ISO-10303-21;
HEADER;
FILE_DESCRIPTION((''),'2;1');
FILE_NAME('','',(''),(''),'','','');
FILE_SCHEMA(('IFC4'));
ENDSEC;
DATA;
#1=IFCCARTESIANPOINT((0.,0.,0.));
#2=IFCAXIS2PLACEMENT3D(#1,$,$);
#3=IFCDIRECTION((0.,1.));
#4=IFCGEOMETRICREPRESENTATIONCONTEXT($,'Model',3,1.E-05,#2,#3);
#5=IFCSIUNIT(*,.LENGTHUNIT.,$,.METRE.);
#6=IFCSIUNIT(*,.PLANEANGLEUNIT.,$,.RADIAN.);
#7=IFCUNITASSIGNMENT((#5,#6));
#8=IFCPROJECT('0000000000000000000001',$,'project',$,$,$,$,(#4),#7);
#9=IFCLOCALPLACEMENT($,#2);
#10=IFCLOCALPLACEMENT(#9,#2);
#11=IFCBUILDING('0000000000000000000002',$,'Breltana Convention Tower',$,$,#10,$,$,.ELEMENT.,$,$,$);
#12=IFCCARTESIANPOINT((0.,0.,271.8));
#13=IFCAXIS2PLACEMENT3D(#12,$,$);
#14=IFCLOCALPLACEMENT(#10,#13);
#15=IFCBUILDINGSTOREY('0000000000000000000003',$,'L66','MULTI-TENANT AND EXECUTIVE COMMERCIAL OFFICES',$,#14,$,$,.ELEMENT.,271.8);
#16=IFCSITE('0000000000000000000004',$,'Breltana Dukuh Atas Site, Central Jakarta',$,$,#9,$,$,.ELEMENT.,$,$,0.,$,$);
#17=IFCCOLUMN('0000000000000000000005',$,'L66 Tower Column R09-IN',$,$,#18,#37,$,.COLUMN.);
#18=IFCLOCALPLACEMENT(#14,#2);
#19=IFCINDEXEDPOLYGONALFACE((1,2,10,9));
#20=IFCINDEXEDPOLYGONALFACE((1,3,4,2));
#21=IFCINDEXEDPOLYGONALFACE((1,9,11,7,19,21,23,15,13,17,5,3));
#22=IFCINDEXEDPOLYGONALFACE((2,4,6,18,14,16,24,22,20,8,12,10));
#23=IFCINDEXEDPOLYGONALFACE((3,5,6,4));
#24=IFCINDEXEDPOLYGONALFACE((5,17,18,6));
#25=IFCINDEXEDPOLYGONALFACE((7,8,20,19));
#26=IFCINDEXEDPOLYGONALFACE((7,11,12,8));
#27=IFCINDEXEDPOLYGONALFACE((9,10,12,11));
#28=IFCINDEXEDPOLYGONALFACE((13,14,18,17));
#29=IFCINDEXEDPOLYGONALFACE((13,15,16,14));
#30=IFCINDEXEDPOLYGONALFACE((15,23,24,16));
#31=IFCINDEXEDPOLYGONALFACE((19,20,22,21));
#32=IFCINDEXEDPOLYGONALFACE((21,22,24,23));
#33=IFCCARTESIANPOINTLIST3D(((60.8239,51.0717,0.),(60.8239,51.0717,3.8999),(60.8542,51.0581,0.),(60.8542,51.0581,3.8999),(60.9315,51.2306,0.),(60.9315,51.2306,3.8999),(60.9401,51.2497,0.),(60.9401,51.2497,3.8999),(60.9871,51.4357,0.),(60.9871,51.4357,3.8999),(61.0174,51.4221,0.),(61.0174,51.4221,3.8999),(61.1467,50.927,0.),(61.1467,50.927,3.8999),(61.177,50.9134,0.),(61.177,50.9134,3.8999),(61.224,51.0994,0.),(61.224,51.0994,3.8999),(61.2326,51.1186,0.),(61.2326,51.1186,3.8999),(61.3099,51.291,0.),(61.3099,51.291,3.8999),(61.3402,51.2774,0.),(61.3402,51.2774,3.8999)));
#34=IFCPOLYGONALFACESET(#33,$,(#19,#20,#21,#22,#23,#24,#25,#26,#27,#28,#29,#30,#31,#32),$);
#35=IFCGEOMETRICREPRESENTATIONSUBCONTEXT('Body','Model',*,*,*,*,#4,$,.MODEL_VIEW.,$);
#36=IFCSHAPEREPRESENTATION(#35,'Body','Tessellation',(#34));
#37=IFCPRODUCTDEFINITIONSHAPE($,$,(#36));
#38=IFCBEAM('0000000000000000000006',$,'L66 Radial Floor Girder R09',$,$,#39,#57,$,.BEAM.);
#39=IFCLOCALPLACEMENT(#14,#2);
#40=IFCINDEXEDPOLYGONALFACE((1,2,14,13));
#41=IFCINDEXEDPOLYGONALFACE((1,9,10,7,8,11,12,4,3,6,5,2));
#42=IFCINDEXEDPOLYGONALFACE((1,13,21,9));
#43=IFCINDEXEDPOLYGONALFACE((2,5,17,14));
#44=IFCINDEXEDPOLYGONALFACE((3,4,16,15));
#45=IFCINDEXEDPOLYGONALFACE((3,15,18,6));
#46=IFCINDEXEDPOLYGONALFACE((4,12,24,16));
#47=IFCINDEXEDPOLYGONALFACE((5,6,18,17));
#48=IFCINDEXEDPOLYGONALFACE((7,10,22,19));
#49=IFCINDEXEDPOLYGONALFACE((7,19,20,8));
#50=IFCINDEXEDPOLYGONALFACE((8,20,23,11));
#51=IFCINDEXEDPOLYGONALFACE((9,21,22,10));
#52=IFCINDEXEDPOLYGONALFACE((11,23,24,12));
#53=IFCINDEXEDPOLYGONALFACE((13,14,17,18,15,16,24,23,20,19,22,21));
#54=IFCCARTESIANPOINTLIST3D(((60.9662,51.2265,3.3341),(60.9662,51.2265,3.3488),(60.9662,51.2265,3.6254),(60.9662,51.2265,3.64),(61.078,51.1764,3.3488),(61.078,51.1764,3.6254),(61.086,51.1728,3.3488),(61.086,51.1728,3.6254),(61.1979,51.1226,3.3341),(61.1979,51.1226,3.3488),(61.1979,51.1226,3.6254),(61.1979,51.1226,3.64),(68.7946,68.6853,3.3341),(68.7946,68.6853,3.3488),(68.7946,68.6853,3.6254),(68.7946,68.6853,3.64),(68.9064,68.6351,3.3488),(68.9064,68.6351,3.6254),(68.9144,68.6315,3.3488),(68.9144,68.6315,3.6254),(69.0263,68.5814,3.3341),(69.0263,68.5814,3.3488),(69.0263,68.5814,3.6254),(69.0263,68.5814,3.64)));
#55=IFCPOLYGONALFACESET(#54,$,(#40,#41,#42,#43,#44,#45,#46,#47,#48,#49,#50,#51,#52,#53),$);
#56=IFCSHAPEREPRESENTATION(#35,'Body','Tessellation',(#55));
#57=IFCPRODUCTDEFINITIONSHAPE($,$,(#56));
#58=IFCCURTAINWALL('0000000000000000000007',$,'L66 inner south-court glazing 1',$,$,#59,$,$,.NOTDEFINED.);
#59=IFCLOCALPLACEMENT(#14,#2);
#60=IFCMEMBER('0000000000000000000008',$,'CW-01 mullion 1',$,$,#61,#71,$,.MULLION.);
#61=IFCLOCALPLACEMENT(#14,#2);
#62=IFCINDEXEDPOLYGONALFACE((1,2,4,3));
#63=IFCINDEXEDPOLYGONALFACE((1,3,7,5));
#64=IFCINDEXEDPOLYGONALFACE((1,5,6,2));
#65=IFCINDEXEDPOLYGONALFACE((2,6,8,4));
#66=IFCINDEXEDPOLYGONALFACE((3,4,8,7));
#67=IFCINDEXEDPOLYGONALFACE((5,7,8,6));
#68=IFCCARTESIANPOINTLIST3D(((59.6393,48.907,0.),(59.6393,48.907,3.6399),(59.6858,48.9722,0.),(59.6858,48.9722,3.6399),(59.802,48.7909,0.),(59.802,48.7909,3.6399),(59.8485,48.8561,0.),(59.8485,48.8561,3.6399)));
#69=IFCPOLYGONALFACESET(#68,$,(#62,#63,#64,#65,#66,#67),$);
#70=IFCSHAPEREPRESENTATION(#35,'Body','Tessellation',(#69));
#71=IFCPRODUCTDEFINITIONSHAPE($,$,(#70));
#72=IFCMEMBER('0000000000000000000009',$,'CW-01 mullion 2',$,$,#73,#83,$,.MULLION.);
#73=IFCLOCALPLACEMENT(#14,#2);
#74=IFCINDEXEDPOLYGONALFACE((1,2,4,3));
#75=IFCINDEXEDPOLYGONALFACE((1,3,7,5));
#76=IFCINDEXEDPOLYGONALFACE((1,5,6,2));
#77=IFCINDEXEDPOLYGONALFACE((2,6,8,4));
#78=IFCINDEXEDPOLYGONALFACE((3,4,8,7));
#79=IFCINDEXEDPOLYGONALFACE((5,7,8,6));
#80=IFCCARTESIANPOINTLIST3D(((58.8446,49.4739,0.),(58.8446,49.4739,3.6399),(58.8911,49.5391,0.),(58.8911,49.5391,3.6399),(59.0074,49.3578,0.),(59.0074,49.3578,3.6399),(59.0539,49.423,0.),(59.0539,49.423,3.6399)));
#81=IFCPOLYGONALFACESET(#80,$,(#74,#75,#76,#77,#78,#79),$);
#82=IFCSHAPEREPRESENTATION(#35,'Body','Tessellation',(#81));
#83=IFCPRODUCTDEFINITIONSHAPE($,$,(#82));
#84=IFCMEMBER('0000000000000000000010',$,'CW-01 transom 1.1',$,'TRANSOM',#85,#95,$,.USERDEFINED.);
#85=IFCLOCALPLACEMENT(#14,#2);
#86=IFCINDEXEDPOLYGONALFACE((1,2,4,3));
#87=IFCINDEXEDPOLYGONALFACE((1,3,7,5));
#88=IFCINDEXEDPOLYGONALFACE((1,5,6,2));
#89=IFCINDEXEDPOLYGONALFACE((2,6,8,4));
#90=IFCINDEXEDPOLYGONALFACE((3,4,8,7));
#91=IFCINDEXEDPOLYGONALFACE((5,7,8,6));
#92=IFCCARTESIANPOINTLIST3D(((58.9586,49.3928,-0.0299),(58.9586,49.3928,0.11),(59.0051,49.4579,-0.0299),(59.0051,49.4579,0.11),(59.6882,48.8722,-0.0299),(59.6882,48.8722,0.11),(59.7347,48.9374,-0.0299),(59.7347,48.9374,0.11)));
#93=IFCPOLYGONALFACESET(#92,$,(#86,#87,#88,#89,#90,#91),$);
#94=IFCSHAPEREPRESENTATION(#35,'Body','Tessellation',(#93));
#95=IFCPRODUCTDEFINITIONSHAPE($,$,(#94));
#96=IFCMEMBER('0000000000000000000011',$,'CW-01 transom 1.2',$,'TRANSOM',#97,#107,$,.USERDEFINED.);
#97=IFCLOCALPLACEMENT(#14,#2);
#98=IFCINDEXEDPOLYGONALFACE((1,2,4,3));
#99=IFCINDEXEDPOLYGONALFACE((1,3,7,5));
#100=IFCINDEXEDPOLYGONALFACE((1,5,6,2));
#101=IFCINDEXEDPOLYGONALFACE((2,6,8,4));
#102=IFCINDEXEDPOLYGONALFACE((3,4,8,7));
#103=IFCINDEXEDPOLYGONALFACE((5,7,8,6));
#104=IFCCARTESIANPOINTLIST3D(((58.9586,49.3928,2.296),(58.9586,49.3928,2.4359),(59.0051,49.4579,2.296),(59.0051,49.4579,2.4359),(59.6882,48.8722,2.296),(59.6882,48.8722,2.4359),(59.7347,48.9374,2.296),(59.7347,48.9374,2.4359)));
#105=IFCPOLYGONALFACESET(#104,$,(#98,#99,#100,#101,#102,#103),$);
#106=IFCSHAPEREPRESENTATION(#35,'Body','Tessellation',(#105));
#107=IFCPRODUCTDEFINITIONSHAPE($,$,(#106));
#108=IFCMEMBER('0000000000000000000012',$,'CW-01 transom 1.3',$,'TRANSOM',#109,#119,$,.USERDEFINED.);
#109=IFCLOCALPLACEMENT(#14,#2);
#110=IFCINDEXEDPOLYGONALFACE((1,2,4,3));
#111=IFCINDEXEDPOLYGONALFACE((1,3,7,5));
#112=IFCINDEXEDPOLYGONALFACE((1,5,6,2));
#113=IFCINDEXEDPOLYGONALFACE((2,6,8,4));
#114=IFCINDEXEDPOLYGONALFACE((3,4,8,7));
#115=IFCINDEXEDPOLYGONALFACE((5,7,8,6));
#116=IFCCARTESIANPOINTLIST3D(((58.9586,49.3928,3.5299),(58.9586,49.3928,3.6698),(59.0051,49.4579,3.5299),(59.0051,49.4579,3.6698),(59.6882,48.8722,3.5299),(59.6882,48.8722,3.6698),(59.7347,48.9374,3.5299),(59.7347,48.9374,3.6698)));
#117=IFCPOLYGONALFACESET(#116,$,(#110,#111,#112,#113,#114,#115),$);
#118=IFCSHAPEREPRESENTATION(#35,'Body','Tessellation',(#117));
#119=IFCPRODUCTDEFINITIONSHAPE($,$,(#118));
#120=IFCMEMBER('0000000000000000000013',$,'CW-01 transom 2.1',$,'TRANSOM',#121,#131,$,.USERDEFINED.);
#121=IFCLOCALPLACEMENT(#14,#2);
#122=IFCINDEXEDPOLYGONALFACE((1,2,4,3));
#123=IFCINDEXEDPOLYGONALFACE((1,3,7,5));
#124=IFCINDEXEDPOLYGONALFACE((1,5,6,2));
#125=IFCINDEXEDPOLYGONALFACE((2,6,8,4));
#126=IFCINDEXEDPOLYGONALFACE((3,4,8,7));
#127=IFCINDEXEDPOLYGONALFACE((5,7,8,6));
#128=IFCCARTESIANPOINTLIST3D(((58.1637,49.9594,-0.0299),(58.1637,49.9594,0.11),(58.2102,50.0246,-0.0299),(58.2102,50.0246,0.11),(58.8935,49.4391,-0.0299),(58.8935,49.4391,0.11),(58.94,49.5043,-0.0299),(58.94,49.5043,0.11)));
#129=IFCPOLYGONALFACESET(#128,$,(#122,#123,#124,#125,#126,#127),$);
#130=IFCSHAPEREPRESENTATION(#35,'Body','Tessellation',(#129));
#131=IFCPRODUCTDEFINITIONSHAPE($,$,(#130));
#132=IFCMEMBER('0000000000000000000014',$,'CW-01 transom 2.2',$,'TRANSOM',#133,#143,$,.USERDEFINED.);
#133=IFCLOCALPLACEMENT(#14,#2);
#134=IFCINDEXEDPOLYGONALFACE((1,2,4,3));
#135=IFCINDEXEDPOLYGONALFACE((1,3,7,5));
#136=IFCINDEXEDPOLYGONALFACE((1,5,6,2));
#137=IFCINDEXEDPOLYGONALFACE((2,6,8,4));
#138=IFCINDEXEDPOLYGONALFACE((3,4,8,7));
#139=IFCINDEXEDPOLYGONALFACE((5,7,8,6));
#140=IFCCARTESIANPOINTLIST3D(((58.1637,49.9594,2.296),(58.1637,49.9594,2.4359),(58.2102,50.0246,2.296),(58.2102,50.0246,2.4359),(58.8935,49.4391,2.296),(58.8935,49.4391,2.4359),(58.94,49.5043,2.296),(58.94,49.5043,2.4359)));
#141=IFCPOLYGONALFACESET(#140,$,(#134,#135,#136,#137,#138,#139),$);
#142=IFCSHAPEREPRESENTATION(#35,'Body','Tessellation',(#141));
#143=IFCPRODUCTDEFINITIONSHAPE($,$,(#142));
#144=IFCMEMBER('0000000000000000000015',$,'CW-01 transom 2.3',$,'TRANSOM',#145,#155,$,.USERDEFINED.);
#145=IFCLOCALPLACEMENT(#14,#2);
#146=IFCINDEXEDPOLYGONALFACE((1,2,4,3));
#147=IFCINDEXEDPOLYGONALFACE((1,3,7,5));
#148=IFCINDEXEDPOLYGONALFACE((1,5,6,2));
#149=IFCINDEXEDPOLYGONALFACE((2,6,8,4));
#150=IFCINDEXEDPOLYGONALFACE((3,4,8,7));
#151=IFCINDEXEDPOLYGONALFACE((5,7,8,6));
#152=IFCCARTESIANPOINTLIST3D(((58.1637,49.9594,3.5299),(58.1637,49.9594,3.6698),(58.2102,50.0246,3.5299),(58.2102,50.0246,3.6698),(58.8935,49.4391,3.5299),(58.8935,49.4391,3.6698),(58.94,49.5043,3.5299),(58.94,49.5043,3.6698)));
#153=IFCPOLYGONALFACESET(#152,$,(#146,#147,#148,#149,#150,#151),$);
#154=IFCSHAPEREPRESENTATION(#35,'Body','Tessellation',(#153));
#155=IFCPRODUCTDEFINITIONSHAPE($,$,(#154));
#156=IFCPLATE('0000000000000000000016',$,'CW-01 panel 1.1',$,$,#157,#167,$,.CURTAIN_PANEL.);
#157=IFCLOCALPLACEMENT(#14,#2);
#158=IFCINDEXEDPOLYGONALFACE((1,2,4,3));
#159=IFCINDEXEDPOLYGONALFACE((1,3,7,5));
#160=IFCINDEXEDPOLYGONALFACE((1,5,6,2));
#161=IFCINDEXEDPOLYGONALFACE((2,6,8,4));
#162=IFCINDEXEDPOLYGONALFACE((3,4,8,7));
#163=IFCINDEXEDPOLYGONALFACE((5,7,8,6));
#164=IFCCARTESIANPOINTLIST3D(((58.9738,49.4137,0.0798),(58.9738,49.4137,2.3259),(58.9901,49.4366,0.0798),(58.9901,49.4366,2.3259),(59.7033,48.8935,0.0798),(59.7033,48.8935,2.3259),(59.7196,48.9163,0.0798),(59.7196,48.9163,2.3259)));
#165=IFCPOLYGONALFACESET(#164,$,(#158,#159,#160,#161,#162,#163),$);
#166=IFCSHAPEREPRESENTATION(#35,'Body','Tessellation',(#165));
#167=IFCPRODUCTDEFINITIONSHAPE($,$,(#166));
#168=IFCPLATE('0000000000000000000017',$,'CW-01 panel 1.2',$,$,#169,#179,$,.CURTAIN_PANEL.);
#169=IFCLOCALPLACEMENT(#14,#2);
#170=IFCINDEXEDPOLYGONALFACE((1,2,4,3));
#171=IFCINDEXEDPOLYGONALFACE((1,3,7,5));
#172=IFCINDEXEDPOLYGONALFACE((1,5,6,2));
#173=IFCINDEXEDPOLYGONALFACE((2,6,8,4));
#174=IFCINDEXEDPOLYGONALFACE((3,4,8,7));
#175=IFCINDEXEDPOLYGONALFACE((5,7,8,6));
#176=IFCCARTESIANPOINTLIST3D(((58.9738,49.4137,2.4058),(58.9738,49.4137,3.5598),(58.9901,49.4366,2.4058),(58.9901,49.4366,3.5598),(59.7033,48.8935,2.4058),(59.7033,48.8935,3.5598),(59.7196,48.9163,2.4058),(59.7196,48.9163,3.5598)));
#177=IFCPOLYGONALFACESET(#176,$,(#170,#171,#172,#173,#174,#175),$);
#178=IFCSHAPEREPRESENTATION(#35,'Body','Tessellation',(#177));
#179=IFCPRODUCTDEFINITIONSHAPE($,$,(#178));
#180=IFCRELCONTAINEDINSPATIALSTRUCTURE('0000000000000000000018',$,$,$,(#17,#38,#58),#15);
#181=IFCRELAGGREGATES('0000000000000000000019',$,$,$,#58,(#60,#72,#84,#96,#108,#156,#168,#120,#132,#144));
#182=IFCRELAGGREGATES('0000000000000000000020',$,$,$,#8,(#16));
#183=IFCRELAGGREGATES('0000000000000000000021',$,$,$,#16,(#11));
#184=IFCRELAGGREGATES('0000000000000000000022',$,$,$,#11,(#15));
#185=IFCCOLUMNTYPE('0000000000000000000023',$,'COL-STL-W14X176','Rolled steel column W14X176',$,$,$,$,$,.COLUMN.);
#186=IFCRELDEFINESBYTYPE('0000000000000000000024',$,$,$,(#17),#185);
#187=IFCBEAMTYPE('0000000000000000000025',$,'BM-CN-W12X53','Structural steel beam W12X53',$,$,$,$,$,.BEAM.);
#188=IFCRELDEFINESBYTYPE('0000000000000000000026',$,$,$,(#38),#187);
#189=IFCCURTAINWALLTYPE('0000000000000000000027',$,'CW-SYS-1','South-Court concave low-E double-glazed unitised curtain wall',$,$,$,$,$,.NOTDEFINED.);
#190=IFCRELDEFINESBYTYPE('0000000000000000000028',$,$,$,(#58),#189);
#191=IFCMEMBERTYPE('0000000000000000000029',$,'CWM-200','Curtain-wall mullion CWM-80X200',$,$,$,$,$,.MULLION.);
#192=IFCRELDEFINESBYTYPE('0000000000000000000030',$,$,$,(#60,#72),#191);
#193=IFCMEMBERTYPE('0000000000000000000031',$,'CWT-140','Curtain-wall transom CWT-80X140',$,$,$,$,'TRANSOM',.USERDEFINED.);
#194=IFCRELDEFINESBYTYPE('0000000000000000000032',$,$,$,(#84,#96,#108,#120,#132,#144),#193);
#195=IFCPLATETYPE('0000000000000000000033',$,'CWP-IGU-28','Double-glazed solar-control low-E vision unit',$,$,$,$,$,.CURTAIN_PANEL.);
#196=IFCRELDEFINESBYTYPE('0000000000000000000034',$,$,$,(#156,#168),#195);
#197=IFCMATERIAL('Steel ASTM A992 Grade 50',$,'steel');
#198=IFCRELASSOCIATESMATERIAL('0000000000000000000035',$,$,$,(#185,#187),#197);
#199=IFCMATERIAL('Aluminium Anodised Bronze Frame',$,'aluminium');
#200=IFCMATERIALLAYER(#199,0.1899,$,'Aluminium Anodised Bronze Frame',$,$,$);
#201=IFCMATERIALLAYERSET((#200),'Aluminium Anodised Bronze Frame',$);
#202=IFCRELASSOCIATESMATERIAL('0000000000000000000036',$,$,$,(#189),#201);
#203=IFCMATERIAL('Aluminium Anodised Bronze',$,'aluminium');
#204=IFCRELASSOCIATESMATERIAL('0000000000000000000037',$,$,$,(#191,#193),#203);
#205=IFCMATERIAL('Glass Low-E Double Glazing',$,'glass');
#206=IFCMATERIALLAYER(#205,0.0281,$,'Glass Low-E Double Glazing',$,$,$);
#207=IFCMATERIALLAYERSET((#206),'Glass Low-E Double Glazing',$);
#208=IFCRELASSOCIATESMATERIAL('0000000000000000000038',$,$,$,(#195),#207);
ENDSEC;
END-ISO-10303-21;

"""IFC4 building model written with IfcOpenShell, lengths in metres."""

from ifc_helpers import new_model, si_unit, direction, frame, origin, origin_2d, place, context, subcontext, project, spatial, rectangle, i_section, extrude, source, transform, mapped, material, layer, layer_set, material_profile, profile_set, type_object, type_shapes, element, aggregate, save


model = new_model("IFC4")

# Units and contexts
model_context = context("Model", 3, precision=1e-05, world=origin(), true_north=direction((0.0, 1.0)))
body_context = subcontext(model_context, "Body", "Model", "MODEL_VIEW")
ifc_project = project(units=[si_unit("LENGTHUNIT", "METRE"), si_unit("PLANEANGLEUNIT", "RADIAN")], contexts=[model_context])

# Site, building, storey
site_placement = place(None, origin())
site = spatial("IfcSite", under=ifc_project, at=site_placement, Name="Breltana Dukuh Atas Site, Central Jakarta", CompositionType="ELEMENT", RefElevation=0.0)
building_placement = place(site_placement, origin())
building = spatial("IfcBuilding", under=site, at=building_placement, Name="Breltana Convention Tower", CompositionType="ELEMENT")
storey_placement = place(building_placement, frame((0.0, 0.0, 271.8)))
storey = spatial("IfcBuildingStorey", under=building, at=storey_placement, Name="L66", Description="MULTI-TENANT AND EXECUTIVE COMMERCIAL OFFICES", CompositionType="ELEMENT", Elevation=271.8)

# Column
ifc_material_1 = material(Name="Steel ASTM A992 Grade 50", Category="steel")
ifc_material_profile_1 = material_profile(ifc_material_1, i_section(OverallWidth=0.3989, OverallDepth=0.387, WebThickness=0.021, FlangeThickness=0.0332, at=origin_2d()), Name="W14X176")
ifc_profile_set_1 = profile_set([ifc_material_profile_1], Name="Steel ASTM A992 Grade 50")
column_type = type_object("IfcColumnType", Name="COL-STL-W14X176", Description="Rolled steel column W14X176", PredefinedType="COLUMN", material=ifc_profile_set_1)
shared_shape_1 = source(origin(), body_context, "Body", "SweptSolid", [
    extrude(i_section(OverallWidth=0.3989, OverallDepth=0.387, WebThickness=0.021, FlangeThickness=0.0332, at=origin_2d()), origin(), (0.0, 0.0, 1.0), 3.8999),
])
type_shapes(column_type, [shared_shape_1])
column_placement = place(storey_placement, frame((61.082, 51.1746, 0.0), z_axis=(0.0, 0.0, 1.0), x_axis=(0.409127, 0.912477, 0.0)))
element("IfcColumn", 1, at=column_placement, inside=storey, type_object=column_type, Name="L66 Tower Column R09-IN", PredefinedType="COLUMN", context=body_context, shape_type="MappedRepresentation", body=[
    mapped(shared_shape_1, transform((0.0, 0.0, 0.0), scale=1.0)),
])

# Beam
ifc_material_profile_2 = material_profile(ifc_material_1, i_section(OverallWidth=0.2539, OverallDepth=0.3059, WebThickness=0.0088, FlangeThickness=0.0146, at=origin_2d()), Name="W12X53")
ifc_profile_set_2 = profile_set([ifc_material_profile_2], Name="Steel ASTM A992 Grade 50")
beam_type = type_object("IfcBeamType", Name="BM-CN-W12X53", Description="Structural steel beam W12X53", PredefinedType="BEAM", material=ifc_profile_set_2)
shared_shape_2 = source(origin(), body_context, "Body", "SweptSolid", [
    extrude(i_section(OverallWidth=0.2539, OverallDepth=0.3059, WebThickness=0.0088, FlangeThickness=0.0146, at=origin_2d()), origin(), (0.0, 0.0, 1.0), 19.1335),
])
beam_placement = place(storey_placement, frame((61.082, 51.1746, 3.4871), z_axis=(0.409145, 0.91247, 0.0), x_axis=(-0.91247, 0.409145, 0.0)))
element("IfcBeam", 2, at=beam_placement, inside=storey, type_object=beam_type, Name="L66 Radial Floor Girder R09", PredefinedType="BEAM", context=body_context, shape_type="MappedRepresentation", body=[
    mapped(shared_shape_2, transform((0.0, 0.0, 0.0), scale=1.0)),
])

# Curtain wall, members, plates
ifc_material_2 = material(Name="Aluminium Anodised Bronze Frame", Category="aluminium")
ifc_layer_1 = layer(ifc_material_2, 0.1899, Name="Aluminium Anodised Bronze Frame")
ifc_layer_set_1 = layer_set([ifc_layer_1], Name="Aluminium Anodised Bronze Frame")
curtain_wall_type = type_object("IfcCurtainWallType", Name="CW-SYS-1", Description="South-Court concave low-E double-glazed unitised curtain wall", PredefinedType="NOTDEFINED", material=ifc_layer_set_1)
curtain_wall_placement = place(storey_placement, origin())
curtain_wall = element("IfcCurtainWall", 3, at=curtain_wall_placement, inside=storey, type_object=curtain_wall_type, Name="L66 inner south-court glazing 1", PredefinedType="NOTDEFINED")
ifc_material_3 = material(Name="Aluminium Anodised Bronze", Category="aluminium")
ifc_material_profile_3 = material_profile(ifc_material_3, rectangle(XDim=0.0801, YDim=0.2, at=origin_2d()), Name="CWM-80X200")
ifc_profile_set_3 = profile_set([ifc_material_profile_3], Name="Aluminium Anodised Bronze")
member_type_1 = type_object("IfcMemberType", Name="CWM-200", Description="Curtain-wall mullion CWM-80X200", PredefinedType="MULLION", material=ifc_profile_set_3)
shared_shape_3 = source(origin(), body_context, "Body", "SweptSolid", [
    extrude(rectangle(XDim=0.0801, YDim=0.2, at=origin_2d()), origin(), (0.0, 0.0, 1.0), 3.6399),
])
member_1_placement = place(storey_placement, frame((59.7439, 48.8816, 0.0), z_axis=(0.0, 0.0, 1.0), x_axis=(-0.580656, -0.814149, 0.0)))
member_1 = element("IfcMember", 4, at=member_1_placement, type_object=member_type_1, Name="CW-01 mullion 1", PredefinedType="MULLION", context=body_context, shape_type="MappedRepresentation", body=[
    mapped(shared_shape_3, transform((0.0, 0.0, 0.0), scale=1.0)),
])
member_2_placement = place(storey_placement, frame((58.9492, 49.4485, 0.0), z_axis=(0.0, 0.0, 1.0), x_axis=(-0.580656, -0.814149, 0.0)))
member_2 = element("IfcMember", 5, at=member_2_placement, type_object=member_type_1, Name="CW-01 mullion 2", PredefinedType="MULLION", context=body_context, shape_type="MappedRepresentation", body=[
    mapped(shared_shape_3, transform((0.0, 0.0, 0.0), scale=1.0)),
])
ifc_material_profile_4 = material_profile(ifc_material_3, rectangle(XDim=0.0801, YDim=0.1399, at=origin_2d()), Name="CWT-80X140")
ifc_profile_set_4 = profile_set([ifc_material_profile_4], Name="Aluminium Anodised Bronze")
member_type_2 = type_object("IfcMemberType", Name="CWT-140", Description="Curtain-wall transom CWT-80X140", ElementType="TRANSOM", PredefinedType="USERDEFINED", material=ifc_profile_set_4)
shared_shape_4 = source(origin(), body_context, "Body", "SweptSolid", [
    extrude(rectangle(XDim=0.0801, YDim=0.1399, at=origin_2d()), origin(), (0.0, 0.0, 1.0), 0.8962),
])
member_3_placement = place(storey_placement, frame((59.7114, 48.9048, 0.04), z_axis=(-0.814028, 0.580826, 0.0), x_axis=(-0.580826, -0.814028, 0.0)))
member_3 = element("IfcMember", 6, at=member_3_placement, type_object=member_type_2, Name="CW-01 transom 1.1", ObjectType="TRANSOM", PredefinedType="USERDEFINED", context=body_context, shape_type="MappedRepresentation", body=[
    mapped(shared_shape_4, transform((0.0, 0.0, 0.0), scale=1.0)),
])
member_4_placement = place(storey_placement, frame((59.7114, 48.9048, 2.366), z_axis=(-0.814028, 0.580826, 0.0), x_axis=(-0.580826, -0.814028, 0.0)))
member_4 = element("IfcMember", 7, at=member_4_placement, type_object=member_type_2, Name="CW-01 transom 1.2", ObjectType="TRANSOM", PredefinedType="USERDEFINED", context=body_context, shape_type="MappedRepresentation", body=[
    mapped(shared_shape_4, transform((0.0, 0.0, 0.0), scale=1.0)),
])
member_5_placement = place(storey_placement, frame((59.7114, 48.9048, 3.5999), z_axis=(-0.814028, 0.580826, 0.0), x_axis=(-0.580826, -0.814028, 0.0)))
member_5 = element("IfcMember", 8, at=member_5_placement, type_object=member_type_2, Name="CW-01 transom 1.3", ObjectType="TRANSOM", PredefinedType="USERDEFINED", context=body_context, shape_type="MappedRepresentation", body=[
    mapped(shared_shape_4, transform((0.0, 0.0, 0.0), scale=1.0)),
])
member_6_placement = place(storey_placement, frame((58.9167, 49.4717, 0.04), z_axis=(-0.814249, 0.580516, 0.0), x_axis=(-0.580516, -0.814249, 0.0)))
member_6 = element("IfcMember", 9, at=member_6_placement, type_object=member_type_2, Name="CW-01 transom 2.1", ObjectType="TRANSOM", PredefinedType="USERDEFINED", context=body_context, shape_type="MappedRepresentation", body=[
    mapped(shared_shape_4, transform((0.0, 0.0, 0.0), scale=1.0)),
])
member_7_placement = place(storey_placement, frame((58.9167, 49.4717, 2.366), z_axis=(-0.814249, 0.580516, 0.0), x_axis=(-0.580516, -0.814249, 0.0)))
member_7 = element("IfcMember", 10, at=member_7_placement, type_object=member_type_2, Name="CW-01 transom 2.2", ObjectType="TRANSOM", PredefinedType="USERDEFINED", context=body_context, shape_type="MappedRepresentation", body=[
    mapped(shared_shape_4, transform((0.0, 0.0, 0.0), scale=1.0)),
])
member_8_placement = place(storey_placement, frame((58.9167, 49.4717, 3.5999), z_axis=(-0.814249, 0.580516, 0.0), x_axis=(-0.580516, -0.814249, 0.0)))
member_8 = element("IfcMember", 11, at=member_8_placement, type_object=member_type_2, Name="CW-01 transom 2.3", ObjectType="TRANSOM", PredefinedType="USERDEFINED", context=body_context, shape_type="MappedRepresentation", body=[
    mapped(shared_shape_4, transform((0.0, 0.0, 0.0), scale=1.0)),
])
ifc_material_4 = material(Name="Glass Low-E Double Glazing", Category="glass")
ifc_layer_2 = layer(ifc_material_4, 0.0281, Name="Glass Low-E Double Glazing")
ifc_layer_set_2 = layer_set([ifc_layer_2], Name="Glass Low-E Double Glazing")
plate_type = type_object("IfcPlateType", Name="CWP-IGU-28", Description="Double-glazed solar-control low-E vision unit", PredefinedType="CURTAIN_PANEL", material=ifc_layer_set_2)
shared_shape_5 = source(origin(), body_context, "Body", "SweptSolid", [
    extrude(rectangle(XDim=0.896, YDim=0.0281, at=origin_2d()), origin(), (0.0, 0.0, 1.0), 2.2461),
])
plate_1_placement = place(storey_placement, frame((59.3467, 49.165, 0.0798), z_axis=(0.0, 0.0, 1.0), x_axis=(-0.814149, 0.580656, 0.0)))
plate_1 = element("IfcPlate", 12, at=plate_1_placement, type_object=plate_type, Name="CW-01 panel 1.1", PredefinedType="CURTAIN_PANEL", context=body_context, shape_type="MappedRepresentation", body=[
    mapped(shared_shape_5, transform((0.0, 0.0, 0.0), scale=1.0)),
])
shared_shape_6 = source(origin(), body_context, "Body", "SweptSolid", [
    extrude(rectangle(XDim=0.896, YDim=0.0281, at=origin_2d()), origin(), (0.0, 0.0, 1.0), 1.1541),
])
plate_2_placement = place(storey_placement, frame((59.3467, 49.165, 2.4058), z_axis=(0.0, 0.0, 1.0), x_axis=(-0.814149, 0.580656, 0.0)))
plate_2 = element("IfcPlate", 13, at=plate_2_placement, type_object=plate_type, Name="CW-01 panel 1.2", PredefinedType="CURTAIN_PANEL", context=body_context, shape_type="MappedRepresentation", body=[
    mapped(shared_shape_6, transform((0.0, 0.0, 0.0), scale=1.0)),
])
aggregate(curtain_wall, [member_1, member_2, member_3, member_4, member_5, plate_1, plate_2, member_6, member_7, member_8])

save(model, "model.ifc")
